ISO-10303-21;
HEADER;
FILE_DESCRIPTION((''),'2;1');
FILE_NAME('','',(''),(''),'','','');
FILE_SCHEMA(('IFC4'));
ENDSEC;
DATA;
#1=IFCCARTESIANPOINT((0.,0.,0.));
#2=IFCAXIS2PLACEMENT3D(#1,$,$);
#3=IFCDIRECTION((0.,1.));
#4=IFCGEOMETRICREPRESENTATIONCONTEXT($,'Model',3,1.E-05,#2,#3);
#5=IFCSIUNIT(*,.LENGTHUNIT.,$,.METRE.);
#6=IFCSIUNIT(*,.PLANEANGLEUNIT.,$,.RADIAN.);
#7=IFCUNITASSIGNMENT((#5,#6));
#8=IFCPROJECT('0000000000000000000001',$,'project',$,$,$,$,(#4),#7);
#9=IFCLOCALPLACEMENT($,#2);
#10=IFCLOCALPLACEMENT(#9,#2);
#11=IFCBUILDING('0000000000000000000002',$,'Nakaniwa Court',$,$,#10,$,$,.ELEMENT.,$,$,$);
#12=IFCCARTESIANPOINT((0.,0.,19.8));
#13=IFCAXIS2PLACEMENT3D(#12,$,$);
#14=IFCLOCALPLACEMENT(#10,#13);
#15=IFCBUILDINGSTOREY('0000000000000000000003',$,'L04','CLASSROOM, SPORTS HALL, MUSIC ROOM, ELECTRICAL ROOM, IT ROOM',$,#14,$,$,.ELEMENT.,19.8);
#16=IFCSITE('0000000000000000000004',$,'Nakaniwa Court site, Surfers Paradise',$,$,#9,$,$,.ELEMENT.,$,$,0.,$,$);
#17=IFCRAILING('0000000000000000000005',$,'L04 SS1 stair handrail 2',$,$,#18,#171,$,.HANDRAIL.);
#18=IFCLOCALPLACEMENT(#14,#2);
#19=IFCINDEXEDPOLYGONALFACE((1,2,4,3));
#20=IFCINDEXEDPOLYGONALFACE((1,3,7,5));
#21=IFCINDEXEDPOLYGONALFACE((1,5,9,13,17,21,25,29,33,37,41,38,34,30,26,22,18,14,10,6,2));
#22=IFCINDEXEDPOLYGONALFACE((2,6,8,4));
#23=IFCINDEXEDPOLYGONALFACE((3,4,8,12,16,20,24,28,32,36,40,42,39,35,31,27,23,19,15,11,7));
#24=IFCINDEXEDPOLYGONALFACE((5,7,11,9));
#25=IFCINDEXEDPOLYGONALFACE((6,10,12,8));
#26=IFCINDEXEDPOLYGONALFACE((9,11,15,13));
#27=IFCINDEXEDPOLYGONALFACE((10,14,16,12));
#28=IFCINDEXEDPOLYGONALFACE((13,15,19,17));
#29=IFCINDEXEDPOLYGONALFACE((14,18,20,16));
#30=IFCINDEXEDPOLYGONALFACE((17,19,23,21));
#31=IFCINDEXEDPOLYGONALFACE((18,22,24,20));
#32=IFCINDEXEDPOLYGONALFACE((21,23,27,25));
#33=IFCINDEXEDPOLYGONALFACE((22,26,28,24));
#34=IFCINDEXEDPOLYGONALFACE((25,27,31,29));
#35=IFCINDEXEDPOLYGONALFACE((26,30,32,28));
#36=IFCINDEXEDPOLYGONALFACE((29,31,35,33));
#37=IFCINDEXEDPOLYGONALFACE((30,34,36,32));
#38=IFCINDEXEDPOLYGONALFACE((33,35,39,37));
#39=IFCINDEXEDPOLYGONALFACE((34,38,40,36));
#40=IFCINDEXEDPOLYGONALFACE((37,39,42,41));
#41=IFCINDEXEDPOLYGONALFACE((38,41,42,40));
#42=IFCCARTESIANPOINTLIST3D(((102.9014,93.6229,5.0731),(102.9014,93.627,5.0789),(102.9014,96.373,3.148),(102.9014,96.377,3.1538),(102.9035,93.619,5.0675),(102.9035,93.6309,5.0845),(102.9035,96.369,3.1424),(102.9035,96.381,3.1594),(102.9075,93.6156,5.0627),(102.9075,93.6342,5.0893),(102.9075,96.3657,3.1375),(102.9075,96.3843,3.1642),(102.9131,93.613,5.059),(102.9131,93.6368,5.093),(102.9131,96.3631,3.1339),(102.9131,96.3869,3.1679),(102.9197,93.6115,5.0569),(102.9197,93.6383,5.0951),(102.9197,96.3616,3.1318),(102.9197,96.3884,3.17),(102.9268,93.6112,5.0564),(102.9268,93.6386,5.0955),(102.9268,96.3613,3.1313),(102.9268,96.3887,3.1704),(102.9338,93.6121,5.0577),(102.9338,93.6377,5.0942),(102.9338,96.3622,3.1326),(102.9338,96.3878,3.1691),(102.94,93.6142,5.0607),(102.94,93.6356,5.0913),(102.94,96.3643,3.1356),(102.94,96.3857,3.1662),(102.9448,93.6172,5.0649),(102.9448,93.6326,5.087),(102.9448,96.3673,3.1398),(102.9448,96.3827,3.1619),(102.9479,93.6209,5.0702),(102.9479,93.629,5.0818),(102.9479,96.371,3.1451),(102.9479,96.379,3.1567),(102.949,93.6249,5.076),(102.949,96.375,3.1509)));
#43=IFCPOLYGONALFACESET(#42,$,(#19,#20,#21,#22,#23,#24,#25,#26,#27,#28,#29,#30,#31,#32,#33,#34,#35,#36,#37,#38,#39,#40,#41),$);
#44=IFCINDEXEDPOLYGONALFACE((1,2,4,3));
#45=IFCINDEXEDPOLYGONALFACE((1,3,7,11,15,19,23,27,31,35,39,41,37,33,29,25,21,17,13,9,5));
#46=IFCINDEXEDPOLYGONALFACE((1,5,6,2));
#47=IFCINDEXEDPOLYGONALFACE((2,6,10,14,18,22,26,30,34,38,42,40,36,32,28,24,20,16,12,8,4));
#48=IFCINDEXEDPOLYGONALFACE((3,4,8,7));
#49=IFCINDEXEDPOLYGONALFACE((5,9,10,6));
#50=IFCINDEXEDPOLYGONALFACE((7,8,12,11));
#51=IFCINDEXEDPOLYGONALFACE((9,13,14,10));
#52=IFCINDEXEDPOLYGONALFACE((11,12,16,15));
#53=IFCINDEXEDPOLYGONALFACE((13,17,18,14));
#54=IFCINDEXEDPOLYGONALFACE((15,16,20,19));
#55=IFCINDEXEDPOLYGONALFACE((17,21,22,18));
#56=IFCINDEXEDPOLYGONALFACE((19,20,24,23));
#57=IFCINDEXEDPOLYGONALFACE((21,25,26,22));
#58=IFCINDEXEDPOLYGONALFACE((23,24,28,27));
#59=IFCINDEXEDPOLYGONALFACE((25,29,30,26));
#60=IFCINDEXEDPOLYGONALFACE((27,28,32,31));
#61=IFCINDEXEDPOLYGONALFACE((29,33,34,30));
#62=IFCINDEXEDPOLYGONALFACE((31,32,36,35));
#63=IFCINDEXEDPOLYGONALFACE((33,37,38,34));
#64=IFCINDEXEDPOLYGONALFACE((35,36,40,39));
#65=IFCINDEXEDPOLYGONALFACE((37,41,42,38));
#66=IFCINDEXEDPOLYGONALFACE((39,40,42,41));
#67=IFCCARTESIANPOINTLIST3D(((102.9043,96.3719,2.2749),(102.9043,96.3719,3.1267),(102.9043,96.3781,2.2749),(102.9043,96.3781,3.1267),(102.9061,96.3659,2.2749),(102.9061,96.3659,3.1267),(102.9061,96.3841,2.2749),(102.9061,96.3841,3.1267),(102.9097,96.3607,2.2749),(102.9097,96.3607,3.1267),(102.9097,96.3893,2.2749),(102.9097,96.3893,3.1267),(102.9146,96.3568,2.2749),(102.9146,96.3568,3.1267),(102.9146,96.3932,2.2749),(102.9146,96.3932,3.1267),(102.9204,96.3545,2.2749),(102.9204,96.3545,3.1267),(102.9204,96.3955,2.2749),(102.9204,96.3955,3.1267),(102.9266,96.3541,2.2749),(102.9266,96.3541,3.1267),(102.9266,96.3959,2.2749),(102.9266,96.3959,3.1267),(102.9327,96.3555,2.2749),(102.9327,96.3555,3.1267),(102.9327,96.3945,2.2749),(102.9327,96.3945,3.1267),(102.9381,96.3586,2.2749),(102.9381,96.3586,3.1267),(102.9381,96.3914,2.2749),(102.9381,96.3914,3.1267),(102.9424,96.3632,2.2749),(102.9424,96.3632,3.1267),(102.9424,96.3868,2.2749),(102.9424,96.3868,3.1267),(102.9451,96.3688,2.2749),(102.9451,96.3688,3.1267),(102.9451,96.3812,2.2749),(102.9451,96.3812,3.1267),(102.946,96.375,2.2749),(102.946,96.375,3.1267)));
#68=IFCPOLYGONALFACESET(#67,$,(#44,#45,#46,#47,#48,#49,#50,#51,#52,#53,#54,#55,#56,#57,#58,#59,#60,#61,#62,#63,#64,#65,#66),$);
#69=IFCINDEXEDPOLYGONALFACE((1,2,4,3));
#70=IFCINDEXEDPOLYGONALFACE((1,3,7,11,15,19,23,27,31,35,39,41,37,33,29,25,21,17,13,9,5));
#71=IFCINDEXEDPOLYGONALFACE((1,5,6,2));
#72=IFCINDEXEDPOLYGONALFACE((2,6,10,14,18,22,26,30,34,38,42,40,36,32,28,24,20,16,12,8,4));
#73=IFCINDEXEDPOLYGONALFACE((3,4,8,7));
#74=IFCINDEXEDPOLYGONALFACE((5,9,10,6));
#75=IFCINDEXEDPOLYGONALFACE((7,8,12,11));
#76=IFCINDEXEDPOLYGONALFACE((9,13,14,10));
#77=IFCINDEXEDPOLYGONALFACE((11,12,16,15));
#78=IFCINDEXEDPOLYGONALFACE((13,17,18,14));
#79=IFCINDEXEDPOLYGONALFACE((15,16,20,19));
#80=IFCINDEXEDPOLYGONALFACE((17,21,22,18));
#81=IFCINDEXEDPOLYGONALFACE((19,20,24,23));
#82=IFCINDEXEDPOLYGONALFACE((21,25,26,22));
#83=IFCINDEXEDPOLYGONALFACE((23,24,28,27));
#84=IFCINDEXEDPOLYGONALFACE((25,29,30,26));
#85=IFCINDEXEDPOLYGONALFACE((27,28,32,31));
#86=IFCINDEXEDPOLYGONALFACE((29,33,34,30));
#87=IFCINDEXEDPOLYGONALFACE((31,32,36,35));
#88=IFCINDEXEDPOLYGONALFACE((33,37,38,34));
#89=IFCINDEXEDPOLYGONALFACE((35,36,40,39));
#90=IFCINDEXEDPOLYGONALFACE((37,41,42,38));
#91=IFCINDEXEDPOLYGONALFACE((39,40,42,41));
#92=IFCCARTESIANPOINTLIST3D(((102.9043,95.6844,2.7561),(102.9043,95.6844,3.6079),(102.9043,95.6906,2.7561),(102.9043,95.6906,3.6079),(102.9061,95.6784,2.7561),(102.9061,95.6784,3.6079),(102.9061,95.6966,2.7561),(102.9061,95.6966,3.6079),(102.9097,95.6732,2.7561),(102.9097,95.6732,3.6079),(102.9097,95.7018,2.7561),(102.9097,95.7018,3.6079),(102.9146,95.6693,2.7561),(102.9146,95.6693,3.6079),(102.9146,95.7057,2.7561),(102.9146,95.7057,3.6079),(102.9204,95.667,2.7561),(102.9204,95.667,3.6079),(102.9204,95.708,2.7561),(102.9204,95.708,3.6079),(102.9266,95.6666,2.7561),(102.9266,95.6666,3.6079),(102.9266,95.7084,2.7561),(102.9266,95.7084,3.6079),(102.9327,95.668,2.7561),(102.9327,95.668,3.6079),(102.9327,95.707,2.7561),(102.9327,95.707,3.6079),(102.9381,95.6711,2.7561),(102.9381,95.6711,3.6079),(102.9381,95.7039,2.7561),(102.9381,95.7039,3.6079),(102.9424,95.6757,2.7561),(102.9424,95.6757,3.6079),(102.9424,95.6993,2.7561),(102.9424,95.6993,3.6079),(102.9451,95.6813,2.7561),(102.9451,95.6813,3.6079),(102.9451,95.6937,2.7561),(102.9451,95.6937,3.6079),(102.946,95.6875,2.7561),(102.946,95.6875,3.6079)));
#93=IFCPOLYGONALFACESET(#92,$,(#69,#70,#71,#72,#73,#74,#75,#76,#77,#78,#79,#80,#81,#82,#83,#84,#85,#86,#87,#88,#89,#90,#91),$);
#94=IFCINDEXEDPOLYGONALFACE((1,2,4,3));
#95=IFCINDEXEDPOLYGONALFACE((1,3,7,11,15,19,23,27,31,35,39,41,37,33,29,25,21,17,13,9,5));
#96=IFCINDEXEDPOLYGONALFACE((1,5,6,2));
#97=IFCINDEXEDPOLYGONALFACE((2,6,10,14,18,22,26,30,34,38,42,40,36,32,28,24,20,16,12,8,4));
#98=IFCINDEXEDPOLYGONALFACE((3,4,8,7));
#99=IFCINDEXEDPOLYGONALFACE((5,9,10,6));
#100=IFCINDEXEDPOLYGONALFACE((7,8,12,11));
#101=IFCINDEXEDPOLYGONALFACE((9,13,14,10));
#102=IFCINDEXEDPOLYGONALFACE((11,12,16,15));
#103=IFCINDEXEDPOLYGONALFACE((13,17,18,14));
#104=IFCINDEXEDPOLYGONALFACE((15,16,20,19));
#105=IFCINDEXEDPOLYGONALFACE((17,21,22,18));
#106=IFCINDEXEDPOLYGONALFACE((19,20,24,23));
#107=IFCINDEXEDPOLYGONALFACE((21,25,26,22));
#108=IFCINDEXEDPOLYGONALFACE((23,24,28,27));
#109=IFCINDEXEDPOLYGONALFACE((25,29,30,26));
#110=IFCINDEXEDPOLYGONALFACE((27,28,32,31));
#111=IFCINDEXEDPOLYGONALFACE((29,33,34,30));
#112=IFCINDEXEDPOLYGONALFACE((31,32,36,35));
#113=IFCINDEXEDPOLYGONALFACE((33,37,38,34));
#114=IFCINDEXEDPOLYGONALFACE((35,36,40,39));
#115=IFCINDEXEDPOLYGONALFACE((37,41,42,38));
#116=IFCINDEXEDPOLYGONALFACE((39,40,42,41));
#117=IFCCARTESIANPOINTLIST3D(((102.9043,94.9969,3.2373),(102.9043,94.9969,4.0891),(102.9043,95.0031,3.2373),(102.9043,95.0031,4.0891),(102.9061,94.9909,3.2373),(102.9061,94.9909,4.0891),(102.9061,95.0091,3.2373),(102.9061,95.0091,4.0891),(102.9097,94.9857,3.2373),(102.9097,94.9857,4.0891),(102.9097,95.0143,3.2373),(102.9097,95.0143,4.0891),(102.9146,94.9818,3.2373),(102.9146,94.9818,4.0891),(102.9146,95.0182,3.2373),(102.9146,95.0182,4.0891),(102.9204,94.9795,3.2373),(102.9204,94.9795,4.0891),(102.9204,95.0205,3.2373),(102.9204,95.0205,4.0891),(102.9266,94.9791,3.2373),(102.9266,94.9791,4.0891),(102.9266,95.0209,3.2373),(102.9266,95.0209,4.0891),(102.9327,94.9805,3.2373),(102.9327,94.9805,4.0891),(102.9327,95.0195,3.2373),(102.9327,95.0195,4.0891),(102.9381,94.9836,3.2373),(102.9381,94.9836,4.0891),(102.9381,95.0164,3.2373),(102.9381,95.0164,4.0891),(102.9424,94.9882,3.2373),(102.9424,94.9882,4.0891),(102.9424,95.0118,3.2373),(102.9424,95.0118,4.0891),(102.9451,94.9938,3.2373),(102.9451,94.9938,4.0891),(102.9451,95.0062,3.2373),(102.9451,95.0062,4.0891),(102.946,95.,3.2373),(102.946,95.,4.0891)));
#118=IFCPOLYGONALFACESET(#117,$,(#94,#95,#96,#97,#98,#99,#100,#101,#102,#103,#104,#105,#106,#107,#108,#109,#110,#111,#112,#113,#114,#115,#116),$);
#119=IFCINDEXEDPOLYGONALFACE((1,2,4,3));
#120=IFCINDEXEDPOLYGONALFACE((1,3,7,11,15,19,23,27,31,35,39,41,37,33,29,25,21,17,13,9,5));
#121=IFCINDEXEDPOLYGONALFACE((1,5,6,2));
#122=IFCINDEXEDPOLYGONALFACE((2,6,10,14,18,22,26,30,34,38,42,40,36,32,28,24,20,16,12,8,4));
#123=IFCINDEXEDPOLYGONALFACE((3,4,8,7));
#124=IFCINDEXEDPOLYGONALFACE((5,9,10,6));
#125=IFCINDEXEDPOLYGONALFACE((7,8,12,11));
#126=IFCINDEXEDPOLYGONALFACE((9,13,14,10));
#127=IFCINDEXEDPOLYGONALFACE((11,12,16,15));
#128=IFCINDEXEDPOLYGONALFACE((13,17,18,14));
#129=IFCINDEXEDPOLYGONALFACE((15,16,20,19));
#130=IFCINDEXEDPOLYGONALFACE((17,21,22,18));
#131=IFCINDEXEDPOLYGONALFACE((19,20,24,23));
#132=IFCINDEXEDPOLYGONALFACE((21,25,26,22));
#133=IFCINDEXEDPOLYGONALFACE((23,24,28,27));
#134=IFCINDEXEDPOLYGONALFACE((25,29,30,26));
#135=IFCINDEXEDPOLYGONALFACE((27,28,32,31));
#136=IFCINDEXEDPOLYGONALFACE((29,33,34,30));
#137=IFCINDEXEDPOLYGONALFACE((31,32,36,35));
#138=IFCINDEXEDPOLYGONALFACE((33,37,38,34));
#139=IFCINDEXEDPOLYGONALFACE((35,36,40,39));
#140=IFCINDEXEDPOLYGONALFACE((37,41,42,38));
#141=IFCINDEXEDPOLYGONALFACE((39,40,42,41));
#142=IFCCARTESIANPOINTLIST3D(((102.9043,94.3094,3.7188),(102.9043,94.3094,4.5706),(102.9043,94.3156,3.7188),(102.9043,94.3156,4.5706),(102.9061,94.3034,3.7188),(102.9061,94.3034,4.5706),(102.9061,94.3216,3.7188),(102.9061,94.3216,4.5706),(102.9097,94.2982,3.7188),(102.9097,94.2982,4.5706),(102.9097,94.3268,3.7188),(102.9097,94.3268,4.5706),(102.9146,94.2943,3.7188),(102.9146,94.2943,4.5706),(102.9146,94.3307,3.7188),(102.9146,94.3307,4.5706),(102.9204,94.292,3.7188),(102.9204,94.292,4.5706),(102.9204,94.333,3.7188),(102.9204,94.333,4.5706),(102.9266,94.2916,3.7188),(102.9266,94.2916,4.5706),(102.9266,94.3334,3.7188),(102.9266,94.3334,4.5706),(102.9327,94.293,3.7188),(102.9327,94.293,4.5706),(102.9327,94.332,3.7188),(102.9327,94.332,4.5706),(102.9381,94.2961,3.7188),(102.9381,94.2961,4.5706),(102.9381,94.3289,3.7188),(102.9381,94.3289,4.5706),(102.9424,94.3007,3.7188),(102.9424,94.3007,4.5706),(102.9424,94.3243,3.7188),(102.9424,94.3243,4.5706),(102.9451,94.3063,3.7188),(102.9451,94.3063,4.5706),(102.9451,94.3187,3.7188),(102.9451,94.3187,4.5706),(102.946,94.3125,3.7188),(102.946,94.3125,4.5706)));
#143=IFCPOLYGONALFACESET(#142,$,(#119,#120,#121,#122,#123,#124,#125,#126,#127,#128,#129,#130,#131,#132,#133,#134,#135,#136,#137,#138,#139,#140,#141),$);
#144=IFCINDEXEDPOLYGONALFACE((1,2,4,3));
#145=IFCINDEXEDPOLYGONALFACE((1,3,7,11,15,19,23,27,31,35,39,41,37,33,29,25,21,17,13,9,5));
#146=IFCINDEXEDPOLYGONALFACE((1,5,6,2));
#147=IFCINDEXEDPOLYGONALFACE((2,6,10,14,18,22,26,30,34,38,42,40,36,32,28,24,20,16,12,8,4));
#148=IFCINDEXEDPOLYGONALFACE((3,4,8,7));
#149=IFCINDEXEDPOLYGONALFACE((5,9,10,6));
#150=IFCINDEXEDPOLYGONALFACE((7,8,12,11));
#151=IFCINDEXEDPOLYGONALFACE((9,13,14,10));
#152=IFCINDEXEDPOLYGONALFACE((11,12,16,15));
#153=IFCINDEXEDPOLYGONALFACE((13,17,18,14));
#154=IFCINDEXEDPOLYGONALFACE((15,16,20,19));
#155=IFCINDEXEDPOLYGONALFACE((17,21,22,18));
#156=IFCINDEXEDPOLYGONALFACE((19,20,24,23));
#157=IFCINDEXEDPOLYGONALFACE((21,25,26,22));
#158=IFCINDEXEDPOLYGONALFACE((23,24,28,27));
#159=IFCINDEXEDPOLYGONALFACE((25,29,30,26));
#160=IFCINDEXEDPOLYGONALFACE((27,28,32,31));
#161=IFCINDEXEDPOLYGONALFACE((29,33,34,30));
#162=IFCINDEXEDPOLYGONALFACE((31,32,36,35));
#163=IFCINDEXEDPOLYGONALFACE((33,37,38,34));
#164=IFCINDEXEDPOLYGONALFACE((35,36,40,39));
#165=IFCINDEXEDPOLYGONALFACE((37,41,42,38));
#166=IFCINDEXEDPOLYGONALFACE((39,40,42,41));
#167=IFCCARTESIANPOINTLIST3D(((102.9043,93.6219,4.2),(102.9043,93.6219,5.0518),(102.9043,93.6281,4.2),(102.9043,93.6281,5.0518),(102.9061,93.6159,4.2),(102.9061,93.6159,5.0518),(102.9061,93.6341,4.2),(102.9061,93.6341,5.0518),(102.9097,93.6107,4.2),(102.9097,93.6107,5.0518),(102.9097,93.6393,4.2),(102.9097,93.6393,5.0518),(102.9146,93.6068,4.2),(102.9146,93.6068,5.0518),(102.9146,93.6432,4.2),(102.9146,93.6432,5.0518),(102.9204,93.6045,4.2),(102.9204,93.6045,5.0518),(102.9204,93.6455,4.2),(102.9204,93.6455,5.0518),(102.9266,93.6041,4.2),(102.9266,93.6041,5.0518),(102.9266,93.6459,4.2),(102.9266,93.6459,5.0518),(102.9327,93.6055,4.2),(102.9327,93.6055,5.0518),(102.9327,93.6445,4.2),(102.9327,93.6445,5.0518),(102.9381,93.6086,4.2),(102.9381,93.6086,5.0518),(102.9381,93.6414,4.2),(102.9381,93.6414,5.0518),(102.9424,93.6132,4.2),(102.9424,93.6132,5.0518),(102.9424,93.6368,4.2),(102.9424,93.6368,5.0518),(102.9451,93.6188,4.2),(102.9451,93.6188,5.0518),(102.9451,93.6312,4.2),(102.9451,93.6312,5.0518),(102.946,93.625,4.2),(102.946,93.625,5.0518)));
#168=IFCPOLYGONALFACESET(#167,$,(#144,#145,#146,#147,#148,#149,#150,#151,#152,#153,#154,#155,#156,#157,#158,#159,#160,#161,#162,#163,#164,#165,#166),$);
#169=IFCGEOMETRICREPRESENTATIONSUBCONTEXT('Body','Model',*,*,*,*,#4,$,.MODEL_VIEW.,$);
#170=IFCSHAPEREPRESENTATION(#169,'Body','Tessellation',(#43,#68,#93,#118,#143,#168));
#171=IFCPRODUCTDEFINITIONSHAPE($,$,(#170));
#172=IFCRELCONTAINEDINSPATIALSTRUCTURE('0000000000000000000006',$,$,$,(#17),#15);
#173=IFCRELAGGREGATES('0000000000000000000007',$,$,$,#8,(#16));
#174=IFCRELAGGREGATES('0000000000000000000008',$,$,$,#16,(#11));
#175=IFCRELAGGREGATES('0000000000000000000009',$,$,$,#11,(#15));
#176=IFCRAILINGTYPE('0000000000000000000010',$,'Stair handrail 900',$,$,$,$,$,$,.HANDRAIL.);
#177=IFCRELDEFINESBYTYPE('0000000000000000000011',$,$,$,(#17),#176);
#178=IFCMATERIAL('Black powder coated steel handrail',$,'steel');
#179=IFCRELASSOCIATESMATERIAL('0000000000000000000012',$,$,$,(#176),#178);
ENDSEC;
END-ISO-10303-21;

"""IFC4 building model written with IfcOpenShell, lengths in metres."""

from ifc_helpers import new_model, si_unit, direction, frame, origin, origin_2d, place, context, subcontext, project, spatial, circle, extrude, material, type_object, element, save


model = new_model("IFC4")

# Units and contexts
model_context = context("Model", 3, precision=1e-05, world=origin(), true_north=direction((0.0, 1.0)))
body_context = subcontext(model_context, "Body", "Model", "MODEL_VIEW")
ifc_project = project(units=[si_unit("LENGTHUNIT", "METRE"), si_unit("PLANEANGLEUNIT", "RADIAN")], contexts=[model_context])

# Site, building, storey
site_placement = place(None, origin())
site = spatial("IfcSite", under=ifc_project, at=site_placement, Name="Nakaniwa Court site, Surfers Paradise", CompositionType="ELEMENT", RefElevation=0.0)
building_placement = place(site_placement, origin())
building = spatial("IfcBuilding", under=site, at=building_placement, Name="Nakaniwa Court", CompositionType="ELEMENT")
storey_placement = place(building_placement, frame((0.0, 0.0, 19.8)))
storey = spatial("IfcBuildingStorey", under=building, at=storey_placement, Name="L04", Description="CLASSROOM, SPORTS HALL, MUSIC ROOM, ELECTRICAL ROOM, IT ROOM", CompositionType="ELEMENT", Elevation=19.8)

# Railing
ifc_material_1 = material(Name="Black powder coated steel handrail", Category="steel")
railing_type_1 = type_object("IfcRailingType", Name="Stair handrail 900", PredefinedType="HANDRAIL", material=ifc_material_1)
railing_1_placement = place(storey_placement, frame((102.925, 96.375, 2.2749)))
element("IfcRailing", 1, at=railing_1_placement, inside=storey, type_object=railing_type_1, Name="L04 SS1 stair handrail 2", PredefinedType="HANDRAIL", context=body_context, shape_type="SweptSolid", body=[
    extrude(circle(Radius=0.0239, at=origin_2d()), frame((0.0, 0.0, 0.876), z_axis=(0.0, -0.819225, 0.573472), x_axis=(1.0, 0.0, 0.0)), (0.0, 0.0, 1.0), 3.3569),
    extrude(circle(Radius=0.021, at=origin_2d()), origin(), (0.0, 0.0, 1.0), 0.8518),
    extrude(circle(Radius=0.021, at=origin_2d()), frame((0.0, -0.6875, 0.4812)), (0.0, 0.0, 1.0), 0.8518),
    extrude(circle(Radius=0.021, at=origin_2d()), frame((0.0, -1.375, 0.9624)), (0.0, 0.0, 1.0), 0.8518),
    extrude(circle(Radius=0.021, at=origin_2d()), frame((0.0, -2.0625, 1.4438)), (0.0, 0.0, 1.0), 0.8518),
    extrude(circle(Radius=0.021, at=origin_2d()), frame((0.0, -2.75, 1.925)), (0.0, 0.0, 1.0), 0.8518),
])

save(model, "model.ifc")
